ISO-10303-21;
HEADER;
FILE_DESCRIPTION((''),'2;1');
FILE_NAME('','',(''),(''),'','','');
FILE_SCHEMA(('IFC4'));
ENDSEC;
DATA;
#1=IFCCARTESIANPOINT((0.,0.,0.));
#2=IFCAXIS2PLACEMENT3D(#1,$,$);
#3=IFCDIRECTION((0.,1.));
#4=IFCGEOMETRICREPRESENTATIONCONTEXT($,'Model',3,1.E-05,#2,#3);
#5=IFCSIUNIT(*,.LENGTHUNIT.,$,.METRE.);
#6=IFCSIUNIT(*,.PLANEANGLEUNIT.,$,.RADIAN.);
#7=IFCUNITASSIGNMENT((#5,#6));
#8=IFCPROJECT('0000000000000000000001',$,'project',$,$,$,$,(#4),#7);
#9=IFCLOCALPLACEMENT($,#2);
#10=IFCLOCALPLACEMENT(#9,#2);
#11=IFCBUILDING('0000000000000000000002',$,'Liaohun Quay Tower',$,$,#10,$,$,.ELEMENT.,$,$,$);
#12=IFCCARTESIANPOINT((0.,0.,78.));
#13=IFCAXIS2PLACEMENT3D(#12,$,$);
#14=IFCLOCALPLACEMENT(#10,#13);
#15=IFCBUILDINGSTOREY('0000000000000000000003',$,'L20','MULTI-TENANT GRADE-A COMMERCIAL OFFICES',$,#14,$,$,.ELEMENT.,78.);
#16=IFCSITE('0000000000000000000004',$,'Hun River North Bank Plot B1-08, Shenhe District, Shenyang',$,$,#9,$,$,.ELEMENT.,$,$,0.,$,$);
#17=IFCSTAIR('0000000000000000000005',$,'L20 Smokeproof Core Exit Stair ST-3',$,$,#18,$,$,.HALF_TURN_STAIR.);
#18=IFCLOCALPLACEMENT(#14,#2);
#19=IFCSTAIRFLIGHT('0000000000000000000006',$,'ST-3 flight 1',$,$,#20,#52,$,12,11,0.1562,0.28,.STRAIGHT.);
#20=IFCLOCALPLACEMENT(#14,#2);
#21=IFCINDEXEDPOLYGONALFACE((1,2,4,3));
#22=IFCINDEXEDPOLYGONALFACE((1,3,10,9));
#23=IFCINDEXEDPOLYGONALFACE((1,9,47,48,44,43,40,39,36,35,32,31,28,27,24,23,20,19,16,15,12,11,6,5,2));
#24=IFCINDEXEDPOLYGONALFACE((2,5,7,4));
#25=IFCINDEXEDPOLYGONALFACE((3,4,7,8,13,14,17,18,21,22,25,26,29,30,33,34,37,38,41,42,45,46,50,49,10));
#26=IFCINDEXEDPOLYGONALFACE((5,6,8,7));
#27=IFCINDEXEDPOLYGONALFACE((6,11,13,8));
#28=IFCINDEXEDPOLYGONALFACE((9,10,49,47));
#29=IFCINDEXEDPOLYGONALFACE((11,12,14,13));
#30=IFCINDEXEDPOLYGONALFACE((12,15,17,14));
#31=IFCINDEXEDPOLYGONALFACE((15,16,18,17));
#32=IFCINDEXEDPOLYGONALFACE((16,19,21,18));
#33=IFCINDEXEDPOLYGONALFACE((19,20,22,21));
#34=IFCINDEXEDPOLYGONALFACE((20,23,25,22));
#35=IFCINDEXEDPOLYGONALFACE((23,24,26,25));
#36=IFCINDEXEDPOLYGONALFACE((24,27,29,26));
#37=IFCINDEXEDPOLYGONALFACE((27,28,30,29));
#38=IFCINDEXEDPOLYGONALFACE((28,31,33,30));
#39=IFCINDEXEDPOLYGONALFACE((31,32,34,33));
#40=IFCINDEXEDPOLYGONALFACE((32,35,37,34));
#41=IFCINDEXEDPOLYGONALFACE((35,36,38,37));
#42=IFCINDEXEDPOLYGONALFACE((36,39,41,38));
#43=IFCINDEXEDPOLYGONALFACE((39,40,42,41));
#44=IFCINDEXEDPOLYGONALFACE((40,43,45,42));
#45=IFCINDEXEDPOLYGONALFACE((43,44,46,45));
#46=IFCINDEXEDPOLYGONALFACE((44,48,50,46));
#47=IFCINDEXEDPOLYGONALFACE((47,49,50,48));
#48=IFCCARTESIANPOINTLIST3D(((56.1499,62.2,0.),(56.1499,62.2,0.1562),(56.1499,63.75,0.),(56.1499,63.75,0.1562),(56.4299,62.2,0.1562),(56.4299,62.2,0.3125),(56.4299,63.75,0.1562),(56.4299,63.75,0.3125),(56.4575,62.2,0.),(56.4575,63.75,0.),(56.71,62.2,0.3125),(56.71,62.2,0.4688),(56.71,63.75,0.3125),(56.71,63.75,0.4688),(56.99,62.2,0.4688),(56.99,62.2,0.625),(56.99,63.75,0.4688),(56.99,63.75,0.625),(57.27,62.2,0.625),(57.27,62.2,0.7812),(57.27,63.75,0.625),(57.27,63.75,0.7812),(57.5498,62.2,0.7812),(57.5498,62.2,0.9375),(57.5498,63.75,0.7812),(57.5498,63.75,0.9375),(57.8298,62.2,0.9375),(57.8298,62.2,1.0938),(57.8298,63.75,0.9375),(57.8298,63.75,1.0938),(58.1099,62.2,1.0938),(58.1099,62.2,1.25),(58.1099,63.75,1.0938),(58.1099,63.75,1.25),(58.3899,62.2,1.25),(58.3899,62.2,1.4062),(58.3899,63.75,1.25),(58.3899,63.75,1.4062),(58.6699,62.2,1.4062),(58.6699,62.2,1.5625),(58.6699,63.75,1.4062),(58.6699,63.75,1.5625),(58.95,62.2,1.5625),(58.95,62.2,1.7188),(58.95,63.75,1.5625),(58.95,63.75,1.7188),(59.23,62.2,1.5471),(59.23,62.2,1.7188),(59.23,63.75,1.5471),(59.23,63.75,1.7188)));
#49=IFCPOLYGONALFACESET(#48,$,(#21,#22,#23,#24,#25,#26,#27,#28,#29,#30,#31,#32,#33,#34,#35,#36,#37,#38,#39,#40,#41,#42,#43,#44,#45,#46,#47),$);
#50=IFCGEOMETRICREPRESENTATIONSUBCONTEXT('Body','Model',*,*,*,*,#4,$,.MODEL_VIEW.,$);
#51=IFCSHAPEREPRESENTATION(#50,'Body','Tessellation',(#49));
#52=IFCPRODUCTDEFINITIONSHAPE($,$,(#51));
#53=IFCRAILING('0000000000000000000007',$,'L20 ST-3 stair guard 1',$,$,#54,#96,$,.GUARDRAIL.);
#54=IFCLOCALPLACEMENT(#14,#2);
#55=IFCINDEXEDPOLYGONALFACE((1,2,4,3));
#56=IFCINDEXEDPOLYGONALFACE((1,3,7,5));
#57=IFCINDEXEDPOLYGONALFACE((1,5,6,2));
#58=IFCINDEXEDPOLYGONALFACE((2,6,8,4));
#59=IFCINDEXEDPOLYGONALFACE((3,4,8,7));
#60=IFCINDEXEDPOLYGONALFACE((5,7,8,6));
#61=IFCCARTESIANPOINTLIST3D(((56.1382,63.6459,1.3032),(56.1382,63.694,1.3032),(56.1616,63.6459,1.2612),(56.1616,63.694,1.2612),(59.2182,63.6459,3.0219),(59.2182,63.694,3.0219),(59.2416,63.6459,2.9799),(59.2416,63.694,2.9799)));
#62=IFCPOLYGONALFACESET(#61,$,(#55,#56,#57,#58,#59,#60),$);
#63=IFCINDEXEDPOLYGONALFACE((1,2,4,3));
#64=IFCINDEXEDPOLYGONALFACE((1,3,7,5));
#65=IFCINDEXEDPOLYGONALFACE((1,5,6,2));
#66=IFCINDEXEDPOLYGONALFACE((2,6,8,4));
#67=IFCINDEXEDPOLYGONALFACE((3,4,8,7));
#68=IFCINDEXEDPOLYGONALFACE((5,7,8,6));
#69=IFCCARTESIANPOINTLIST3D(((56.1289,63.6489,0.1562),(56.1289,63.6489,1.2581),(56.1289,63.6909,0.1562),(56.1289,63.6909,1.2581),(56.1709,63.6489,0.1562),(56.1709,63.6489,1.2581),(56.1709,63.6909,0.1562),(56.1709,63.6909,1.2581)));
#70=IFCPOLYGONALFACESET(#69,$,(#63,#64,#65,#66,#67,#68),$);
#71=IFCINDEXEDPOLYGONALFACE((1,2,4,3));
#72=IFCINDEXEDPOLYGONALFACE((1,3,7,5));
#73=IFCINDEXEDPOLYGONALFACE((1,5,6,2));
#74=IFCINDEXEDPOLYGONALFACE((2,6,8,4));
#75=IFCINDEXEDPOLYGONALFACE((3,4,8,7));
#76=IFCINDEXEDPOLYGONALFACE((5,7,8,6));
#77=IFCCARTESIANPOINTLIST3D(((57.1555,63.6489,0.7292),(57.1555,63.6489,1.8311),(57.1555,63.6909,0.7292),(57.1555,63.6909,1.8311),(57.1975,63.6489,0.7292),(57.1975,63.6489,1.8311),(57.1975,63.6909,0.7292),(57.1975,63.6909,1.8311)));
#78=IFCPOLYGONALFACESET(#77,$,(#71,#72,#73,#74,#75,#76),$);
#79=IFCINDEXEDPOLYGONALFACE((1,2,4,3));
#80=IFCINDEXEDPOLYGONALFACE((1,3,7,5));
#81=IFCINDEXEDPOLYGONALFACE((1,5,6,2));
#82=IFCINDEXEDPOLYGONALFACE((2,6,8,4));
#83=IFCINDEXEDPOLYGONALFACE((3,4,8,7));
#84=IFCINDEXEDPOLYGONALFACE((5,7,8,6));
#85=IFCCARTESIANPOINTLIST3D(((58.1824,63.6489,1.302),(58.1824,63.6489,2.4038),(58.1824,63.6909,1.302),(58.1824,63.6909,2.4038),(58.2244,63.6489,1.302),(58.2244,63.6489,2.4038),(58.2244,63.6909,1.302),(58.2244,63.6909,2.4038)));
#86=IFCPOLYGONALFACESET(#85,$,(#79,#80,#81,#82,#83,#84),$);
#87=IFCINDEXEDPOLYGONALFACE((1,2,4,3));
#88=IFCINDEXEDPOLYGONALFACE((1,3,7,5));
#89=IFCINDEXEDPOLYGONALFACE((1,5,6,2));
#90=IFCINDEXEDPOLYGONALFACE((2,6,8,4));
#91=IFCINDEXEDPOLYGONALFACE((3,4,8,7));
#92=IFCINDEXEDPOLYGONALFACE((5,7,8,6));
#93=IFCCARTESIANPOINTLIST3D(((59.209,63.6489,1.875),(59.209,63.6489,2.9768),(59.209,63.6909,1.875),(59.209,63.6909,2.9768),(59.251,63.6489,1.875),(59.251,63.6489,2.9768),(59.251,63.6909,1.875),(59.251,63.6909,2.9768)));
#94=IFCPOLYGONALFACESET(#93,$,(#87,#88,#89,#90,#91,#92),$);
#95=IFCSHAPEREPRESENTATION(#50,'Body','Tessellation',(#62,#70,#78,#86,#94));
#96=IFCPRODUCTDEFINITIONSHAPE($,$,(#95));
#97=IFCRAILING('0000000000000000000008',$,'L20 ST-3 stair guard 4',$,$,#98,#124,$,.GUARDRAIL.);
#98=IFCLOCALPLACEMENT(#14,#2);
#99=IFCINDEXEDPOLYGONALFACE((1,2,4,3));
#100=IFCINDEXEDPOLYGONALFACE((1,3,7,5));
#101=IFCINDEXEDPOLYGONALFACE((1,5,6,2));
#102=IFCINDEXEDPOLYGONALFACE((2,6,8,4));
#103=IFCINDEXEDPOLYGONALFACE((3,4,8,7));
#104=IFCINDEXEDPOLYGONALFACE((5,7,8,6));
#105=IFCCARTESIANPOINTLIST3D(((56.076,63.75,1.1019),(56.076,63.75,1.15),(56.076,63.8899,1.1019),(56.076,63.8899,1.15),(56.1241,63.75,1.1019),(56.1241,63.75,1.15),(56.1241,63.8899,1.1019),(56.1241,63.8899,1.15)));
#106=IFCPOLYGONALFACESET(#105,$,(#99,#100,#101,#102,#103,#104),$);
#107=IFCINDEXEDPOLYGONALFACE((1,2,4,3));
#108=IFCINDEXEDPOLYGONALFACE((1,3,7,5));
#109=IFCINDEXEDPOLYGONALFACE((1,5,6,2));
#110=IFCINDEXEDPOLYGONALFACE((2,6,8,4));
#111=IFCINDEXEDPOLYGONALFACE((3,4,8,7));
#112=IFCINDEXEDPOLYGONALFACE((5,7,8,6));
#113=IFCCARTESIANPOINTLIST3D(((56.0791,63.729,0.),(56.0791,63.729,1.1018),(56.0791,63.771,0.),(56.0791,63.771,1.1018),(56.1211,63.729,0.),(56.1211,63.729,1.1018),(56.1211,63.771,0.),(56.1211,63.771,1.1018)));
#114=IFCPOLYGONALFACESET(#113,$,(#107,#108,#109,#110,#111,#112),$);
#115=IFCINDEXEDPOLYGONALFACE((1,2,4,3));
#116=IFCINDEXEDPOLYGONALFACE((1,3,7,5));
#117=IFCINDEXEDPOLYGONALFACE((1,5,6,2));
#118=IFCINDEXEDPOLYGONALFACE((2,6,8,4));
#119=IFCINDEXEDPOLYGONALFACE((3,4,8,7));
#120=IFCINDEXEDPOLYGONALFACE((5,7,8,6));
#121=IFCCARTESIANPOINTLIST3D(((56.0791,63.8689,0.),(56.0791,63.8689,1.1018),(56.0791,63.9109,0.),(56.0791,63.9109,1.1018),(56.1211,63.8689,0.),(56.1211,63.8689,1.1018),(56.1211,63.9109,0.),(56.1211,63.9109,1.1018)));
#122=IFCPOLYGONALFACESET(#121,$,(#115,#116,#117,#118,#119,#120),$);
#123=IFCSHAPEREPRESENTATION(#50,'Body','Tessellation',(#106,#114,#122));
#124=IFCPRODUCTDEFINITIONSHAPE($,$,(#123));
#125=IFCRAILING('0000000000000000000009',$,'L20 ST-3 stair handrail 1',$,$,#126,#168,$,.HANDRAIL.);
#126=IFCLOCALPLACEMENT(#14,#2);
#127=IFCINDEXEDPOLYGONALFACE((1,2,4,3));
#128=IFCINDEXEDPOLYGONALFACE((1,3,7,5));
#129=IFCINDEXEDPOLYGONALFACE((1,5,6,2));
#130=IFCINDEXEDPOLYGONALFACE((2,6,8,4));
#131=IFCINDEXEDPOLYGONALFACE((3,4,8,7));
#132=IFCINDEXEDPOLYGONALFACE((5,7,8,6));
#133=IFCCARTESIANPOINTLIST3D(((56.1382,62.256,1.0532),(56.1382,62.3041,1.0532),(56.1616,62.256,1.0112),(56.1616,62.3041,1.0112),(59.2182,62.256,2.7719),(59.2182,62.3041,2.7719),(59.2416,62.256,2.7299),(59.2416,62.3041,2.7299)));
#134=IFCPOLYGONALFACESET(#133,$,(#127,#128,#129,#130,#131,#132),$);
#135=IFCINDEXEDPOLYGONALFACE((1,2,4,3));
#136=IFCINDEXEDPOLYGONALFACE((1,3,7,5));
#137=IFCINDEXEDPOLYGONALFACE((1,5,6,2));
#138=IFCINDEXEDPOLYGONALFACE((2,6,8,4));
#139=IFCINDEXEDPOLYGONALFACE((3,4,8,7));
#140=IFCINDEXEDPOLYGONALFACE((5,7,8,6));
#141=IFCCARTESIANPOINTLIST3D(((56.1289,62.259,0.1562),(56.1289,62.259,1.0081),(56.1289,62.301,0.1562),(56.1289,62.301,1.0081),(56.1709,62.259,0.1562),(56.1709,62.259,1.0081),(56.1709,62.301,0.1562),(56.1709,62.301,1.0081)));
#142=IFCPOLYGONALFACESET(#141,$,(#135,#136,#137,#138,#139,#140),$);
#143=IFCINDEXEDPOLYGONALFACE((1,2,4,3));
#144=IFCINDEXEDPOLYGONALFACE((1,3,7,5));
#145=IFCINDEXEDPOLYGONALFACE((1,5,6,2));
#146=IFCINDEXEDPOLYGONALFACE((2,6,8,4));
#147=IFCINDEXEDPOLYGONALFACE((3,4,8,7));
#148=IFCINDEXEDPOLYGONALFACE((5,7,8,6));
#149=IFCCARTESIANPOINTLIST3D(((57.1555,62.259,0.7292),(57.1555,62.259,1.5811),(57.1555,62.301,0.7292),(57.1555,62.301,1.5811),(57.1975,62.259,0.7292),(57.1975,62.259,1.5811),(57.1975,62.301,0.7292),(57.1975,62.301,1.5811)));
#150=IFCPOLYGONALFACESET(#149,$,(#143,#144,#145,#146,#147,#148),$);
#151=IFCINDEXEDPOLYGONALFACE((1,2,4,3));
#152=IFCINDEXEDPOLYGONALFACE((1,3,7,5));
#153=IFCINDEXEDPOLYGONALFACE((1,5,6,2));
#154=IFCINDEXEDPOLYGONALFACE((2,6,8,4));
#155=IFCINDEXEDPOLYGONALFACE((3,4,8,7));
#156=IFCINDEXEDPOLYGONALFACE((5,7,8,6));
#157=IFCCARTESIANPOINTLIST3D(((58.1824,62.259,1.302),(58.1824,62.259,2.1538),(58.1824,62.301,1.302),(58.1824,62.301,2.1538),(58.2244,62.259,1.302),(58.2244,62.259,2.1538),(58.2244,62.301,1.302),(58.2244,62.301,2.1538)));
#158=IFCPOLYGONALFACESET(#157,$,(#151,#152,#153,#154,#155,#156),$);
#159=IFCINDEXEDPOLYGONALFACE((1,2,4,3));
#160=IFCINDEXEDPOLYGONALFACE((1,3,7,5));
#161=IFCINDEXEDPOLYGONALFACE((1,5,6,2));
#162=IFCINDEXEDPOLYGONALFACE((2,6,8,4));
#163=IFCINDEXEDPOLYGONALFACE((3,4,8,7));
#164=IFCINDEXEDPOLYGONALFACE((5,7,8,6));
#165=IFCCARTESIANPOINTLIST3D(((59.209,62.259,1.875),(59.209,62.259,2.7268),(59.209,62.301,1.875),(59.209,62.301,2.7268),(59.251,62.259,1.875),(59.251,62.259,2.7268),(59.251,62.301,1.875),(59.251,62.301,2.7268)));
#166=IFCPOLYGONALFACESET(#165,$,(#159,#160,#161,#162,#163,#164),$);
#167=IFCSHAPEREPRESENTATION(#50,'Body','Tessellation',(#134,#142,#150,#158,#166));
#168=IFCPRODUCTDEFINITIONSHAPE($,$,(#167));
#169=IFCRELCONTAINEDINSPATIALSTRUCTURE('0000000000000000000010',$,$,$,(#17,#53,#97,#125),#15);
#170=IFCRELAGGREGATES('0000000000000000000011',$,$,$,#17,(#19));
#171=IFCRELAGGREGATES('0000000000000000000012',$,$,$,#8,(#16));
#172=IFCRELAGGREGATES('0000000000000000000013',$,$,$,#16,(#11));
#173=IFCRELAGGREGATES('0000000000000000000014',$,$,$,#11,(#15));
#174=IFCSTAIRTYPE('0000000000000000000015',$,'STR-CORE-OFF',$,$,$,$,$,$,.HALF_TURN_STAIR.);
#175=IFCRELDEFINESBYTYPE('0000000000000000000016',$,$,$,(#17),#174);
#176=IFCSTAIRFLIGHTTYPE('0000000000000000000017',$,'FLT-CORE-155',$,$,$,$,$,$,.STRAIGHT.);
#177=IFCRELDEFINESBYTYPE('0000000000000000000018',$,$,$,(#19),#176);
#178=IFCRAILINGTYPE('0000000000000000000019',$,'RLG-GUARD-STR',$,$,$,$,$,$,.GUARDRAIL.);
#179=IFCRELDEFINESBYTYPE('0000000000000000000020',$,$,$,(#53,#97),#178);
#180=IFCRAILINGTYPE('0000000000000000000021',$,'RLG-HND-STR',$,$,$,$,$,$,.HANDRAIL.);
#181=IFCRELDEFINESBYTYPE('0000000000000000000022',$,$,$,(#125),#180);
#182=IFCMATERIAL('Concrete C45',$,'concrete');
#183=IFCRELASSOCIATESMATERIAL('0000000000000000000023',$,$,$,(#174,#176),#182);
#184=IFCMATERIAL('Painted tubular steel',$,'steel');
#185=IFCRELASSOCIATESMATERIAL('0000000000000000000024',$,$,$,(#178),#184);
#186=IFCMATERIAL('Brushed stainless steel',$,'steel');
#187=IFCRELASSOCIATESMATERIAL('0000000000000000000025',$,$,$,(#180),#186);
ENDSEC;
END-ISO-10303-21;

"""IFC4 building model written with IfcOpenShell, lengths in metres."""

from ifc_helpers import new_model, si_unit, direction, frame, origin, origin_2d, place, context, subcontext, project, spatial, polyline, rectangle, outline, extrude, material, type_object, element, aggregate, save


model = new_model("IFC4")

# Units and contexts
model_context = context("Model", 3, precision=1e-05, world=origin(), true_north=direction((0.0, 1.0)))
body_context = subcontext(model_context, "Body", "Model", "MODEL_VIEW")
ifc_project = project(units=[si_unit("LENGTHUNIT", "METRE"), si_unit("PLANEANGLEUNIT", "RADIAN")], contexts=[model_context])

# Site, building, storey
site_placement = place(None, origin())
site = spatial("IfcSite", under=ifc_project, at=site_placement, Name="Hun River North Bank Plot B1-08, Shenhe District, Shenyang", CompositionType="ELEMENT", RefElevation=0.0)
building_placement = place(site_placement, origin())
building = spatial("IfcBuilding", under=site, at=building_placement, Name="Liaohun Quay Tower", CompositionType="ELEMENT")
storey_placement = place(building_placement, frame((0.0, 0.0, 78.0)))
storey = spatial("IfcBuildingStorey", under=building, at=storey_placement, Name="L20", Description="MULTI-TENANT GRADE-A COMMERCIAL OFFICES", CompositionType="ELEMENT", Elevation=78.0)

# Stair, stair flight
ifc_material_1 = material(Name="Concrete C45", Category="concrete")
stair_type = type_object("IfcStairType", Name="STR-CORE-OFF", PredefinedType="HALF_TURN_STAIR", material=ifc_material_1)
stair_placement = place(storey_placement, origin())
stair = element("IfcStair", 1, at=stair_placement, inside=storey, type_object=stair_type, Name="L20 Smokeproof Core Exit Stair ST-3", PredefinedType="HALF_TURN_STAIR")
stair_flight_type = type_object("IfcStairFlightType", Name="FLT-CORE-155", PredefinedType="STRAIGHT", material=ifc_material_1)
stair_flight_placement = place(storey_placement, frame((56.1499, 62.9751, 0.0), z_axis=(0.0, 0.0, 1.0), x_axis=(1.0, 0.0, 0.0)))
stair_flight = element("IfcStairFlight", 2, at=stair_flight_placement, type_object=stair_flight_type, Name="ST-3 flight 1", NumberOfRisers=12, NumberOfTreads=11, PredefinedType="STRAIGHT", RiserHeight=0.1562, TreadLength=0.28, context=body_context, shape_type="SweptSolid", body=[
    extrude(outline(polyline([(0.0, 0.0), (0.0, 0.1562), (0.28, 0.1562), (0.28, 0.3125), (0.5601, 0.3125), (0.5601, 0.4688), (0.8401, 0.4688), (0.8401, 0.625), (1.1201, 0.625), (1.1201, 0.7812), (1.3999, 0.7812), (1.3999, 0.9375), (1.6799, 0.9375), (1.6799, 1.0938), (1.96, 1.0938), (1.96, 1.25), (2.24, 1.25), (2.24, 1.4062), (2.52, 1.4062), (2.52, 1.5625), (2.8, 1.5625), (2.8, 1.7188), (3.0801, 1.7188), (3.0801, 1.875), (3.0801, 1.5471), (0.3076, 0.0), (0.0, 0.0)])), frame((0.0, 0.7749, 0.0), z_axis=(0.0, -1.0, 0.0), x_axis=(1.0, 0.0, 0.0)), (0.0, 0.0, 1.0), 1.55),
])
aggregate(stair, [stair_flight])

# Railings
ifc_material_2 = material(Name="Painted tubular steel", Category="steel")
railing_type_1 = type_object("IfcRailingType", Name="RLG-GUARD-STR", PredefinedType="GUARDRAIL", material=ifc_material_2)
railing_1_placement = place(storey_placement, frame((56.1499, 63.6699, 0.1562)))
element("IfcRailing", 3, at=railing_1_placement, inside=storey, type_object=railing_type_1, Name="L20 ST-3 stair guard 1", PredefinedType="GUARDRAIL", context=body_context, shape_type="SweptSolid", body=[
    extrude(rectangle(XDim=0.0481, YDim=0.0481, at=origin_2d()), frame((0.0, 0.0, 1.126), z_axis=(0.873242, 0.0, 0.487288), x_axis=(0.0, 1.0, 0.0)), (0.0, 0.0, 1.0), 3.5271),
    extrude(rectangle(XDim=0.042, YDim=0.042, at=origin_2d()), origin(), (0.0, 0.0, 1.0), 1.1018),
    extrude(rectangle(XDim=0.042, YDim=0.042, at=origin_2d()), frame((1.0266, 0.0, 0.573)), (0.0, 0.0, 1.0), 1.1018),
    extrude(rectangle(XDim=0.042, YDim=0.042, at=origin_2d()), frame((2.0535, 0.0, 1.1458)), (0.0, 0.0, 1.0), 1.1018),
    extrude(rectangle(XDim=0.042, YDim=0.042, at=origin_2d()), frame((3.0801, 0.0, 1.7188)), (0.0, 0.0, 1.0), 1.1018),
])
railing_2_placement = place(storey_placement, frame((56.1001, 63.75, 0.0)))
element("IfcRailing", 4, at=railing_2_placement, inside=storey, type_object=railing_type_1, Name="L20 ST-3 stair guard 4", PredefinedType="GUARDRAIL", context=body_context, shape_type="SweptSolid", body=[
    extrude(rectangle(XDim=0.0481, YDim=0.0481, at=origin_2d()), frame((0.0, 0.0, 1.126), z_axis=(0.0, 1.0, 0.0), x_axis=(-1.0, 0.0, 0.0)), (0.0, 0.0, 1.0), 0.1399),
    extrude(rectangle(XDim=0.042, YDim=0.042, at=origin_2d()), origin(), (0.0, 0.0, 1.0), 1.1018),
    extrude(rectangle(XDim=0.042, YDim=0.042, at=origin_2d()), frame((0.0, 0.1399, 0.0)), (0.0, 0.0, 1.0), 1.1018),
])
ifc_material_3 = material(Name="Brushed stainless steel", Category="steel")
railing_type_2 = type_object("IfcRailingType", Name="RLG-HND-STR", PredefinedType="HANDRAIL", material=ifc_material_3)
railing_3_placement = place(storey_placement, frame((56.1499, 62.28, 0.1562)))
element("IfcRailing", 5, at=railing_3_placement, inside=storey, type_object=railing_type_2, Name="L20 ST-3 stair handrail 1", PredefinedType="HANDRAIL", context=body_context, shape_type="SweptSolid", body=[
    extrude(rectangle(XDim=0.0481, YDim=0.0481, at=origin_2d()), frame((0.0, 0.0, 0.876), z_axis=(0.873242, 0.0, 0.487288), x_axis=(0.0, 1.0, 0.0)), (0.0, 0.0, 1.0), 3.5271),
    extrude(rectangle(XDim=0.042, YDim=0.042, at=origin_2d()), origin(), (0.0, 0.0, 1.0), 0.8518),
    extrude(rectangle(XDim=0.042, YDim=0.042, at=origin_2d()), frame((1.0266, 0.0, 0.573)), (0.0, 0.0, 1.0), 0.8518),
    extrude(rectangle(XDim=0.042, YDim=0.042, at=origin_2d()), frame((2.0535, 0.0, 1.1458)), (0.0, 0.0, 1.0), 0.8518),
    extrude(rectangle(XDim=0.042, YDim=0.042, at=origin_2d()), frame((3.0801, 0.0, 1.7188)), (0.0, 0.0, 1.0), 0.8518),
])

save(model, "model.ifc")
